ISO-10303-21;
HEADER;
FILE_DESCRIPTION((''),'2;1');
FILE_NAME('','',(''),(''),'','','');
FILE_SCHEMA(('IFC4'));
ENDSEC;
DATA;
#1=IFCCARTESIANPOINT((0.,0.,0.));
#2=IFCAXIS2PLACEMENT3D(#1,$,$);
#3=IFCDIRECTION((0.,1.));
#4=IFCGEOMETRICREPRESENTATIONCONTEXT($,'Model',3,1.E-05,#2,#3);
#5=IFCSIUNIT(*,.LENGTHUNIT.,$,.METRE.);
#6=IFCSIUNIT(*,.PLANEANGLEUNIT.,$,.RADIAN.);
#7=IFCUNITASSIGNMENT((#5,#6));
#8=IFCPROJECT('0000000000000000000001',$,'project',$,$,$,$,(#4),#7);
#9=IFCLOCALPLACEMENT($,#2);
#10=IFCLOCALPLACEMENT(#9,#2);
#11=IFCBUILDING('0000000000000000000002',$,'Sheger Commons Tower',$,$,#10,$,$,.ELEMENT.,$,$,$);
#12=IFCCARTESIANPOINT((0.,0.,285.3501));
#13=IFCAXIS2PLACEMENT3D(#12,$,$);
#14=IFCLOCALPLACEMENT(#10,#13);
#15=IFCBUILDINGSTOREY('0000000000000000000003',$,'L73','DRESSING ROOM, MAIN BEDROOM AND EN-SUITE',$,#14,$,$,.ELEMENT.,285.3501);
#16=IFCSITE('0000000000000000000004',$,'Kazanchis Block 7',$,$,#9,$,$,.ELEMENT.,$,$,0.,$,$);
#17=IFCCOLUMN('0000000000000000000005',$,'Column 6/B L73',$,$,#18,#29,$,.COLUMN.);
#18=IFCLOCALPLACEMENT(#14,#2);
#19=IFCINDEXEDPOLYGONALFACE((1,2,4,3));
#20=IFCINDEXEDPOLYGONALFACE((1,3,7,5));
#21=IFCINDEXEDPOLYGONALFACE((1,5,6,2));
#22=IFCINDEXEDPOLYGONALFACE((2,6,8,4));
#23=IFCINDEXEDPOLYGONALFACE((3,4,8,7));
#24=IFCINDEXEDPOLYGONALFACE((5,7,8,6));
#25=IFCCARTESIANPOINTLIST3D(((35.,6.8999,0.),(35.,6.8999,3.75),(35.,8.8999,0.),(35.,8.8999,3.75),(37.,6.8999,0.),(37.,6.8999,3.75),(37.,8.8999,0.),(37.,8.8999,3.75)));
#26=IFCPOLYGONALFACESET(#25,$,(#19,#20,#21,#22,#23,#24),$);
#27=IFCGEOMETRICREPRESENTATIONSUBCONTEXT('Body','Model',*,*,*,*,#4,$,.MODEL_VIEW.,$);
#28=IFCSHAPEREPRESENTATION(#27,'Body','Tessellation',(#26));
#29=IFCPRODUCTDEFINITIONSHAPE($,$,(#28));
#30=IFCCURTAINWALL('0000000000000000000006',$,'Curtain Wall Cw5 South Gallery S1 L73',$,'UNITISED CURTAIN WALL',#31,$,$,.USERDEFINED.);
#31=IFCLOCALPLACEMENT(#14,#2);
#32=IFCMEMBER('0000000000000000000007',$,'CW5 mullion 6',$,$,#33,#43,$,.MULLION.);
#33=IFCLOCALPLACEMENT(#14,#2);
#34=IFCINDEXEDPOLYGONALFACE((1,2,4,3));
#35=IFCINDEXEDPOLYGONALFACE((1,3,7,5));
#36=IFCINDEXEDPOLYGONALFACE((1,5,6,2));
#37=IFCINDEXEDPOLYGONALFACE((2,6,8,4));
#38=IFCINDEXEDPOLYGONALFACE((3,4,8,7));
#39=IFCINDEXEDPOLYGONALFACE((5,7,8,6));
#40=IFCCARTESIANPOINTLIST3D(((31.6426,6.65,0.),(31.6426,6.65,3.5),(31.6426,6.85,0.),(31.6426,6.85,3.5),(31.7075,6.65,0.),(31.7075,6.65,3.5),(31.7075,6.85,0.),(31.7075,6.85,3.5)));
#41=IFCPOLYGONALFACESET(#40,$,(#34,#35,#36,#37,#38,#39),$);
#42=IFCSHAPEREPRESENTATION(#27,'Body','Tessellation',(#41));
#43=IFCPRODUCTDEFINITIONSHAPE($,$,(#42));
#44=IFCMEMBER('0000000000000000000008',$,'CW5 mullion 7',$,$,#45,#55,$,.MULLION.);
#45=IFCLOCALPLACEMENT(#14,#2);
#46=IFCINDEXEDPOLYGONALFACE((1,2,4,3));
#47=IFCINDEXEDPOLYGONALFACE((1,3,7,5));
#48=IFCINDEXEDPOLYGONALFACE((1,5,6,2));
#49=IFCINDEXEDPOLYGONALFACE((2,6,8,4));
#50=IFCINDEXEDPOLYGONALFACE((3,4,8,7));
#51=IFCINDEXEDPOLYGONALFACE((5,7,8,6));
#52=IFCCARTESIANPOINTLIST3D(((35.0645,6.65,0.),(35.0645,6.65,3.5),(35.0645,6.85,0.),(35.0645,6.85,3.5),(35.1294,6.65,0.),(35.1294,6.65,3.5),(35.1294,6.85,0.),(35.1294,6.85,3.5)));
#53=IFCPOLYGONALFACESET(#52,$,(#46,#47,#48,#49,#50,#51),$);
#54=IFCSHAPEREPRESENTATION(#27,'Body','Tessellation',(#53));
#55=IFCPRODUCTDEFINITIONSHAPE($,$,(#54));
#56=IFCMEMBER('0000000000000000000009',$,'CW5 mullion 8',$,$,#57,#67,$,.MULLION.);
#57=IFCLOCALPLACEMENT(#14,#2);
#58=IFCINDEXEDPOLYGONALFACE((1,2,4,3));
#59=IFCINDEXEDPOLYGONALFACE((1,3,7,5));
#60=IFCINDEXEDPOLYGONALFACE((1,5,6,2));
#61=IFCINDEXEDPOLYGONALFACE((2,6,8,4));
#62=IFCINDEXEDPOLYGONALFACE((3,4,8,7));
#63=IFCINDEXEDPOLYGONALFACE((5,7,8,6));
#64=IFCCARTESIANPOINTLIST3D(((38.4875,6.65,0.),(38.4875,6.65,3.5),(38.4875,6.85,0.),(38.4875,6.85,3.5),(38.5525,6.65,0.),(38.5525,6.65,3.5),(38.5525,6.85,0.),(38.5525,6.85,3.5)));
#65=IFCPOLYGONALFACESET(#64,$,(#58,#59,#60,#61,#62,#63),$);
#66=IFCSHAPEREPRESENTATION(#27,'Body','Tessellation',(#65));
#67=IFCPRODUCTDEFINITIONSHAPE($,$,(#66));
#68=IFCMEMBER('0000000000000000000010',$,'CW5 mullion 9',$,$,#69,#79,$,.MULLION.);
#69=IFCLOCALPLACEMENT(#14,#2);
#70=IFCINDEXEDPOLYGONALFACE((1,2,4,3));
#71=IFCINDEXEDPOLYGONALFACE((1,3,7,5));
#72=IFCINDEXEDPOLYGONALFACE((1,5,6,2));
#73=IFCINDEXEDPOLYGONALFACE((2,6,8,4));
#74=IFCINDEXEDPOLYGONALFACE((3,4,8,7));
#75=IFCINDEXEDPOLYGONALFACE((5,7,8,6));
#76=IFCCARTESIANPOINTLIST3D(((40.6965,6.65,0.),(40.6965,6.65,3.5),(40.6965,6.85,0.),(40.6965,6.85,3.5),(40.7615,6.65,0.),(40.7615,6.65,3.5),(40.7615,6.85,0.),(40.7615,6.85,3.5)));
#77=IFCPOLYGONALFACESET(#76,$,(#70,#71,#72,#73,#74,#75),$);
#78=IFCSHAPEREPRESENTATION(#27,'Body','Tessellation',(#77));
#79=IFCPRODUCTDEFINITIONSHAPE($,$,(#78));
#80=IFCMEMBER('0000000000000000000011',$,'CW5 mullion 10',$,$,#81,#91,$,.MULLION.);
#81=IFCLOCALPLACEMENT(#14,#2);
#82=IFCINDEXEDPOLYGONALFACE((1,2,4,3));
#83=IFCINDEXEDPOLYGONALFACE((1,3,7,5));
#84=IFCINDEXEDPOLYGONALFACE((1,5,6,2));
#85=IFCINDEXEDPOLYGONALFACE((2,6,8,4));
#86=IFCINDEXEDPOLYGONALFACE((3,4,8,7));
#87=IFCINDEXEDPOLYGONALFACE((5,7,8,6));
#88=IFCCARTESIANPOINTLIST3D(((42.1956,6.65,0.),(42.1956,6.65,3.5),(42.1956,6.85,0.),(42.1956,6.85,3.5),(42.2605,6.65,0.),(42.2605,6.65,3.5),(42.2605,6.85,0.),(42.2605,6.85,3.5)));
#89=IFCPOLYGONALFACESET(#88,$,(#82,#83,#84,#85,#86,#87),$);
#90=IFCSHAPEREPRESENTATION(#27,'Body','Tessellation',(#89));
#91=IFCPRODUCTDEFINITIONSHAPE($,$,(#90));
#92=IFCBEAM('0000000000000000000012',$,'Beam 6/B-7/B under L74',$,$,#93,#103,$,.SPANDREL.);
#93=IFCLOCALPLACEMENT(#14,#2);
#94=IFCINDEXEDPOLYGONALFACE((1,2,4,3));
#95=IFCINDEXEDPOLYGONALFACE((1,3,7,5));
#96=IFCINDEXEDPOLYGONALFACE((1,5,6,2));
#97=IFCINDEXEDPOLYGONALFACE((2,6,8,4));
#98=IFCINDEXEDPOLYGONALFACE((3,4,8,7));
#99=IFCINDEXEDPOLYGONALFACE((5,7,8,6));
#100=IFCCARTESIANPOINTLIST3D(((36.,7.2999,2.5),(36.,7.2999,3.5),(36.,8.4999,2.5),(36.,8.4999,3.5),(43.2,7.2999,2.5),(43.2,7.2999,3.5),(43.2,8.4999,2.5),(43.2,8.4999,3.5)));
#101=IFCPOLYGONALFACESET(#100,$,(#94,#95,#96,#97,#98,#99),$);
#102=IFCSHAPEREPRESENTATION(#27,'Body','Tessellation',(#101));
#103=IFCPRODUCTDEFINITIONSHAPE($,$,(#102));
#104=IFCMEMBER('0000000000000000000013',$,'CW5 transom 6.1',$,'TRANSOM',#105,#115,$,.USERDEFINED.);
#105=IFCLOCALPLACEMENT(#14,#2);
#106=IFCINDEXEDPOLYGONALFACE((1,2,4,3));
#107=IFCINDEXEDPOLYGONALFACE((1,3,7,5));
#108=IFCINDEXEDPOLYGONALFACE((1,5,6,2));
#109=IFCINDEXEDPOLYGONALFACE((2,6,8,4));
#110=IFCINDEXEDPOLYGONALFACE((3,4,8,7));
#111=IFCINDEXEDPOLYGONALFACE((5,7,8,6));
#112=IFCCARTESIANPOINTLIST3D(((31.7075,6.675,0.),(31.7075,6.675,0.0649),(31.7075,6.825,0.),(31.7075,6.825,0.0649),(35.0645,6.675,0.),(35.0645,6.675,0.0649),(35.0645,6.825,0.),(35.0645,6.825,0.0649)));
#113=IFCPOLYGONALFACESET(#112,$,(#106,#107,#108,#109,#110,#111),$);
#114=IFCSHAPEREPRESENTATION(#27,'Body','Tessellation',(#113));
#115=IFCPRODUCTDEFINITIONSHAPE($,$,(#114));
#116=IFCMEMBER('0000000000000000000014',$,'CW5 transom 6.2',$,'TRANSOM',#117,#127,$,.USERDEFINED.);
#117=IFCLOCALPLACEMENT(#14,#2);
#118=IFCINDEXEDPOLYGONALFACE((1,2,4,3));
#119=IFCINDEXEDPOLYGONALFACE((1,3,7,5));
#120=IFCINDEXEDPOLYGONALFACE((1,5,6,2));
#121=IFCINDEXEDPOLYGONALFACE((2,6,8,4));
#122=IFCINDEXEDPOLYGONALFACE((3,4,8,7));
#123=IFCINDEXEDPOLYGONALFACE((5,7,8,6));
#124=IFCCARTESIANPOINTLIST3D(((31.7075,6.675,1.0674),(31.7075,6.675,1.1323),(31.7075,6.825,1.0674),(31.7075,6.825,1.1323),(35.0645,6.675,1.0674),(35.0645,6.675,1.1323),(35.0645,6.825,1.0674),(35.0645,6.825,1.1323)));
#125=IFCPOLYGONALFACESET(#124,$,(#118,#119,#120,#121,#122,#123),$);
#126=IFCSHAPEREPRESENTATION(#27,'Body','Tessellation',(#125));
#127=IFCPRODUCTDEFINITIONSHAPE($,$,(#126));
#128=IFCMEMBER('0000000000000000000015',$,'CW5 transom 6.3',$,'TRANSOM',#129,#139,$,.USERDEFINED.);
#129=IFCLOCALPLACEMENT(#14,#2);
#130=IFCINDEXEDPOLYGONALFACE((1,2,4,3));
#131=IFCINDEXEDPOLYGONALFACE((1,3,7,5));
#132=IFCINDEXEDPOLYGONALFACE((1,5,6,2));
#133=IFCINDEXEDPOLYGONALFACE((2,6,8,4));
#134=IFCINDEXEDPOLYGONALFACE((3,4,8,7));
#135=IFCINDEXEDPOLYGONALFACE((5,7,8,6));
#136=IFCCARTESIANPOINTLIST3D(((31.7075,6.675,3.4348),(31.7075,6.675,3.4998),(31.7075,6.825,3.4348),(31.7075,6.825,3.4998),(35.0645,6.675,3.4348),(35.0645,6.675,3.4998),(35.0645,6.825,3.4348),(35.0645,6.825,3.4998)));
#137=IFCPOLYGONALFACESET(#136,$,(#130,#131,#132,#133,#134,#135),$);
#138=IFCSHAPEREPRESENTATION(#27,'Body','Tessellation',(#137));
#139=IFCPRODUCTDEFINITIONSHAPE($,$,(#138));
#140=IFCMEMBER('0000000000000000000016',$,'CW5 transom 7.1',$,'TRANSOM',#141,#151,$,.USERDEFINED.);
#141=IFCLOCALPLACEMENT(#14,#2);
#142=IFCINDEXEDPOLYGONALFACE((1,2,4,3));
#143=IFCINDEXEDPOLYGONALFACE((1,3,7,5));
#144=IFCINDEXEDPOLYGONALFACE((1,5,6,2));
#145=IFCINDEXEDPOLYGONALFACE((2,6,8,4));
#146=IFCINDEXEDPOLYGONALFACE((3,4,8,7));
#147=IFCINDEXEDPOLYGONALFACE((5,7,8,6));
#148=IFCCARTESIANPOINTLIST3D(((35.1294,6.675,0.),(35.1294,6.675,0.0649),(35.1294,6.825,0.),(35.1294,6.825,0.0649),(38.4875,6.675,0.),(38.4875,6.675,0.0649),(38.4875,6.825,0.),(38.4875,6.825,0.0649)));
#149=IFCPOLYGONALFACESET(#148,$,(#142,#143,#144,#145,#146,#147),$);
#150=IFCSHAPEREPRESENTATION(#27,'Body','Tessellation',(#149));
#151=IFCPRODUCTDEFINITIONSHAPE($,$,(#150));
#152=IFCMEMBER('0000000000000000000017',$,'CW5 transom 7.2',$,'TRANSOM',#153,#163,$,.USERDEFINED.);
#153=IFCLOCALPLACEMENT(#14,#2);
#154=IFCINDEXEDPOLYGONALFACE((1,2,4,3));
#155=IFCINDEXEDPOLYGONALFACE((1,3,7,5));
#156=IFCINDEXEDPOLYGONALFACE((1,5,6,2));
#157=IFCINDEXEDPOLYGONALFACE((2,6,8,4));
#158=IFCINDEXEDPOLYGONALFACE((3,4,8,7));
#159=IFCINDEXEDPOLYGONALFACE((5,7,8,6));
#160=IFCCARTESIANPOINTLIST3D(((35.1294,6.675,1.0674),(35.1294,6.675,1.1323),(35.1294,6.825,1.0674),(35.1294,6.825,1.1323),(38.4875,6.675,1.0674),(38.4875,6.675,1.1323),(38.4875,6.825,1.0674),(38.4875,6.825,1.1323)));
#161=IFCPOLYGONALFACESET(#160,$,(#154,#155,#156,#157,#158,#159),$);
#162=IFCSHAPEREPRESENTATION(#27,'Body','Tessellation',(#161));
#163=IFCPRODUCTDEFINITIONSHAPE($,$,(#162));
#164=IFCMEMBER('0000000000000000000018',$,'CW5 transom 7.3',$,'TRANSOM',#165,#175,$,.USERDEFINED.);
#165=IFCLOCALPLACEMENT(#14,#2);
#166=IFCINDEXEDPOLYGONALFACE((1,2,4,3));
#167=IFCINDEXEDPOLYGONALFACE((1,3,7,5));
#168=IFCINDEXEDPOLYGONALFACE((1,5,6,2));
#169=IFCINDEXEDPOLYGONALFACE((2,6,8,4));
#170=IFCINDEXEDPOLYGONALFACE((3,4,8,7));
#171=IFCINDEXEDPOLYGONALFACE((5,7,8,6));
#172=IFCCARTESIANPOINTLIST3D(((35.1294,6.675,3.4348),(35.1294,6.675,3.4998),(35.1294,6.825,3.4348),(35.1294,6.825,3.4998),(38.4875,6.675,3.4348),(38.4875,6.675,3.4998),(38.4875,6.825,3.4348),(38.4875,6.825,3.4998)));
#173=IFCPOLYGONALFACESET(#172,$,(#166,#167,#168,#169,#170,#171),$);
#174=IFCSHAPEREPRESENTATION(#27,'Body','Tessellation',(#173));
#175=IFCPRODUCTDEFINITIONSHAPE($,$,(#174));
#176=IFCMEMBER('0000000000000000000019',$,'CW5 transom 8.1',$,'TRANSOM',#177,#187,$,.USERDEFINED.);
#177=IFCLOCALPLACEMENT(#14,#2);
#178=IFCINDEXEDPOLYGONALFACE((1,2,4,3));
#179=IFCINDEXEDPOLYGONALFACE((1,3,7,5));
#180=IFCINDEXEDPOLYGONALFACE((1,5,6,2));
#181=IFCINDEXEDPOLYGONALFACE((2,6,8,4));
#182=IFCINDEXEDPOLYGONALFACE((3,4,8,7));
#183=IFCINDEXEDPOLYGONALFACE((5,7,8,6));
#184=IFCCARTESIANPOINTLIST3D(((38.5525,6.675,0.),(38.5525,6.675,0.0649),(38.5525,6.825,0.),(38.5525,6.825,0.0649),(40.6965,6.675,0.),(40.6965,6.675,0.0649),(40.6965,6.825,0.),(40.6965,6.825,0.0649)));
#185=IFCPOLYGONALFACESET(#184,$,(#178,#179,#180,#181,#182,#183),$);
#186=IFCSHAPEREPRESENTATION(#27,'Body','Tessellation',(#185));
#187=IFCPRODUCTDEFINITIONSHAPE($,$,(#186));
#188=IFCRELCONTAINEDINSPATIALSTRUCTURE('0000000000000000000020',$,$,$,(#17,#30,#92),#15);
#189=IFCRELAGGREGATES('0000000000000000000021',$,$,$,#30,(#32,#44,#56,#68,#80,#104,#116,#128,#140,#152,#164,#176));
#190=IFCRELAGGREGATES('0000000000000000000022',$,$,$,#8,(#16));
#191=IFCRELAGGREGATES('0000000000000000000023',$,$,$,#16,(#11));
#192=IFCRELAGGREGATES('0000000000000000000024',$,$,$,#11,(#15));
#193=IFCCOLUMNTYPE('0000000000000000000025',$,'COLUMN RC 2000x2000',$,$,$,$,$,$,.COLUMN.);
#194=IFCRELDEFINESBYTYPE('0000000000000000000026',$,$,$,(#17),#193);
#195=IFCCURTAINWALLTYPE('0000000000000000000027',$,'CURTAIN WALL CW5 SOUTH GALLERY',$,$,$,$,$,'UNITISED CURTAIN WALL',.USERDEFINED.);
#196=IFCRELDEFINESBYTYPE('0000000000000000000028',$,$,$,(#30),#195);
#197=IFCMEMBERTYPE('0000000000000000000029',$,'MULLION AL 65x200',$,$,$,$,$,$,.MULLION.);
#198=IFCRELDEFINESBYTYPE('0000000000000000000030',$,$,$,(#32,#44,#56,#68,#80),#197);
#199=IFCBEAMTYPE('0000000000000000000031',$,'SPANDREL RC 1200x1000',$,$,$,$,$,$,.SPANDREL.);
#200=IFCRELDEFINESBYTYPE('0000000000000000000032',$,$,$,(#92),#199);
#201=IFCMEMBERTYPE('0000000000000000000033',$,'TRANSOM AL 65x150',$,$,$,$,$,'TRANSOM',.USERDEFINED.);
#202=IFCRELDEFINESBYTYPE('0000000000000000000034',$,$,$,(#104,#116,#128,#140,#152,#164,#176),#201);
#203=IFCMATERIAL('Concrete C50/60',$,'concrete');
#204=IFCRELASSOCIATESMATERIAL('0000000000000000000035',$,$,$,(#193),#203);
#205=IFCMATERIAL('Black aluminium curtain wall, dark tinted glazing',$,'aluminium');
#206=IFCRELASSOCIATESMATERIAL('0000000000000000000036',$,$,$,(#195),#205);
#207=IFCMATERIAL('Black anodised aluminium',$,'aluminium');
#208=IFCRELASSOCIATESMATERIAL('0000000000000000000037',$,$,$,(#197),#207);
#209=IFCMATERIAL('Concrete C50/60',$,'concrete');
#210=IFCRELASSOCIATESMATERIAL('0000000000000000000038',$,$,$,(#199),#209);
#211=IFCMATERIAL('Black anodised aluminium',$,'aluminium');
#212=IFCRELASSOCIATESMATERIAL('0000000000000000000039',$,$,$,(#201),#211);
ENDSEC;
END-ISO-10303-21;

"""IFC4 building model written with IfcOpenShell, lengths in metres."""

from ifc_helpers import new_model, si_unit, direction, frame, origin, origin_2d, place, context, subcontext, project, spatial, rectangle, extrude, material, material_profile, profile_set, type_object, element, aggregate, save


model = new_model("IFC4")

# Units and contexts
model_context = context("Model", 3, precision=1e-05, world=origin(), true_north=direction((0.0, 1.0)))
body_context = subcontext(model_context, "Body", "Model", "MODEL_VIEW")
ifc_project = project(units=[si_unit("LENGTHUNIT", "METRE"), si_unit("PLANEANGLEUNIT", "RADIAN")], contexts=[model_context])

# Site, building, storey
site_placement = place(None, origin())
site = spatial("IfcSite", under=ifc_project, at=site_placement, Name="Kazanchis Block 7", CompositionType="ELEMENT", RefElevation=0.0)
building_placement = place(site_placement, origin())
building = spatial("IfcBuilding", under=site, at=building_placement, Name="Sheger Commons Tower", CompositionType="ELEMENT")
storey_placement = place(building_placement, frame((0.0, 0.0, 285.3501)))
storey = spatial("IfcBuildingStorey", under=building, at=storey_placement, Name="L73", Description="DRESSING ROOM, MAIN BEDROOM AND EN-SUITE", CompositionType="ELEMENT", Elevation=285.3501)

# Column
ifc_material_1 = material(Name="Concrete C50/60", Category="concrete")
ifc_material_profile_1 = material_profile(ifc_material_1, rectangle(XDim=2.0, YDim=2.0, at=origin_2d()), Name="RC 2000x2000")
ifc_profile_set_1 = profile_set([ifc_material_profile_1], Name="Concrete C50/60")
column_type = type_object("IfcColumnType", Name="COLUMN RC 2000x2000", PredefinedType="COLUMN", material=ifc_profile_set_1)
column_placement = place(storey_placement, frame((36.0, 7.8999, 0.0), z_axis=(0.0, 0.0, 1.0), x_axis=(1.0, 0.0, 0.0)))
element("IfcColumn", 1, at=column_placement, inside=storey, type_object=column_type, Name="Column 6/B L73", PredefinedType="COLUMN", context=body_context, shape_type="SweptSolid", body=[
    extrude(rectangle(XDim=2.0, YDim=2.0, at=origin_2d()), origin(), (0.0, 0.0, 1.0), 3.75),
])

# Curtain wall, members
ifc_material_2 = material(Name="Black aluminium curtain wall, dark tinted glazing", Category="aluminium")
curtain_wall_type = type_object("IfcCurtainWallType", Name="CURTAIN WALL CW5 SOUTH GALLERY", ElementType="UNITISED CURTAIN WALL", PredefinedType="USERDEFINED", material=ifc_material_2)
curtain_wall_placement = place(storey_placement, origin())
curtain_wall = element("IfcCurtainWall", 2, at=curtain_wall_placement, inside=storey, type_object=curtain_wall_type, Name="Curtain Wall Cw5 South Gallery S1 L73", ObjectType="UNITISED CURTAIN WALL", PredefinedType="USERDEFINED")
ifc_material_3 = material(Name="Black anodised aluminium", Category="aluminium")
ifc_material_profile_2 = material_profile(ifc_material_3, rectangle(XDim=0.2, YDim=0.0649, at=origin_2d()), Name="AL 65x200")
ifc_profile_set_2 = profile_set([ifc_material_profile_2], Name="Black anodised aluminium")
member_type_1 = type_object("IfcMemberType", Name="MULLION AL 65x200", PredefinedType="MULLION", material=ifc_profile_set_2)
member_1_placement = place(storey_placement, frame((31.675, 6.75, 0.0), z_axis=(0.0, 0.0, 1.0), x_axis=(0.0, 1.0, 0.0)))
member_1 = element("IfcMember", 3, at=member_1_placement, type_object=member_type_1, Name="CW5 mullion 6", PredefinedType="MULLION", context=body_context, shape_type="SweptSolid", body=[
    extrude(rectangle(XDim=0.2, YDim=0.0649, at=origin_2d()), origin(), (0.0, 0.0, 1.0), 3.5),
])
member_2_placement = place(storey_placement, frame((35.0969, 6.75, 0.0), z_axis=(0.0, 0.0, 1.0), x_axis=(0.0, 1.0, 0.0)))
member_2 = element("IfcMember", 4, at=member_2_placement, type_object=member_type_1, Name="CW5 mullion 7", PredefinedType="MULLION", context=body_context, shape_type="SweptSolid", body=[
    extrude(rectangle(XDim=0.2, YDim=0.0649, at=origin_2d()), origin(), (0.0, 0.0, 1.0), 3.5),
])
member_3_placement = place(storey_placement, frame((38.52, 6.75, 0.0), z_axis=(0.0, 0.0, 1.0), x_axis=(0.0, 1.0, 0.0)))
member_3 = element("IfcMember", 5, at=member_3_placement, type_object=member_type_1, Name="CW5 mullion 8", PredefinedType="MULLION", context=body_context, shape_type="SweptSolid", body=[
    extrude(rectangle(XDim=0.2, YDim=0.0649, at=origin_2d()), origin(), (0.0, 0.0, 1.0), 3.5),
])
member_4_placement = place(storey_placement, frame((40.729, 6.75, 0.0), z_axis=(0.0, 0.0, 1.0), x_axis=(0.0, 1.0, 0.0)))
member_4 = element("IfcMember", 6, at=member_4_placement, type_object=member_type_1, Name="CW5 mullion 9", PredefinedType="MULLION", context=body_context, shape_type="SweptSolid", body=[
    extrude(rectangle(XDim=0.2, YDim=0.0649, at=origin_2d()), origin(), (0.0, 0.0, 1.0), 3.5),
])
member_5_placement = place(storey_placement, frame((42.228, 6.75, 0.0), z_axis=(0.0, 0.0, 1.0), x_axis=(0.0, 1.0, 0.0)))
member_5 = element("IfcMember", 7, at=member_5_placement, type_object=member_type_1, Name="CW5 mullion 10", PredefinedType="MULLION", context=body_context, shape_type="SweptSolid", body=[
    extrude(rectangle(XDim=0.2, YDim=0.0649, at=origin_2d()), origin(), (0.0, 0.0, 1.0), 3.5),
])

# Beam
ifc_material_4 = material(Name="Concrete C50/60", Category="concrete")
ifc_material_profile_3 = material_profile(ifc_material_4, rectangle(XDim=1.2, YDim=1.0, at=origin_2d()), Name="RC 1200x1000")
ifc_profile_set_3 = profile_set([ifc_material_profile_3], Name="Concrete C50/60")
beam_type = type_object("IfcBeamType", Name="SPANDREL RC 1200x1000", PredefinedType="SPANDREL", material=ifc_profile_set_3)
beam_placement = place(storey_placement, frame((36.0, 7.8999, 3.0), z_axis=(1.0, 0.0, 0.0), x_axis=(0.0, 1.0, 0.0)))
element("IfcBeam", 8, at=beam_placement, inside=storey, type_object=beam_type, Name="Beam 6/B-7/B under L74", PredefinedType="SPANDREL", context=body_context, shape_type="SweptSolid", body=[
    extrude(rectangle(XDim=1.2, YDim=1.0, at=origin_2d()), origin(), (0.0, 0.0, 1.0), 7.2),
])

# Members
ifc_material_5 = material(Name="Black anodised aluminium", Category="aluminium")
ifc_material_profile_4 = material_profile(ifc_material_5, rectangle(XDim=0.1499, YDim=0.0649, at=origin_2d()), Name="AL 65x150")
ifc_profile_set_4 = profile_set([ifc_material_profile_4], Name="Black anodised aluminium")
member_type_2 = type_object("IfcMemberType", Name="TRANSOM AL 65x150", ElementType="TRANSOM", PredefinedType="USERDEFINED", material=ifc_profile_set_4)
member_6_placement = place(storey_placement, frame((31.7075, 6.75, 0.0325), z_axis=(1.0, 0.0, 0.0), x_axis=(0.0, 1.0, 0.0)))
member_6 = element("IfcMember", 9, at=member_6_placement, type_object=member_type_2, Name="CW5 transom 6.1", ObjectType="TRANSOM", PredefinedType="USERDEFINED", context=body_context, shape_type="SweptSolid", body=[
    extrude(rectangle(XDim=0.1499, YDim=0.0649, at=origin_2d()), origin(), (0.0, 0.0, 1.0), 3.3569),
])
member_7_placement = place(storey_placement, frame((31.7075, 6.75, 1.0999), z_axis=(1.0, 0.0, 0.0), x_axis=(0.0, 1.0, 0.0)))
member_7 = element("IfcMember", 10, at=member_7_placement, type_object=member_type_2, Name="CW5 transom 6.2", ObjectType="TRANSOM", PredefinedType="USERDEFINED", context=body_context, shape_type="SweptSolid", body=[
    extrude(rectangle(XDim=0.1499, YDim=0.0649, at=origin_2d()), origin(), (0.0, 0.0, 1.0), 3.3569),
])
member_8_placement = place(storey_placement, frame((31.7075, 6.75, 3.4673), z_axis=(1.0, 0.0, 0.0), x_axis=(0.0, 1.0, 0.0)))
member_8 = element("IfcMember", 11, at=member_8_placement, type_object=member_type_2, Name="CW5 transom 6.3", ObjectType="TRANSOM", PredefinedType="USERDEFINED", context=body_context, shape_type="SweptSolid", body=[
    extrude(rectangle(XDim=0.1499, YDim=0.0649, at=origin_2d()), origin(), (0.0, 0.0, 1.0), 3.3569),
])
member_9_placement = place(storey_placement, frame((35.1294, 6.75, 0.0325), z_axis=(1.0, 0.0, 0.0), x_axis=(0.0, 1.0, 0.0)))
member_9 = element("IfcMember", 12, at=member_9_placement, type_object=member_type_2, Name="CW5 transom 7.1", ObjectType="TRANSOM", PredefinedType="USERDEFINED", context=body_context, shape_type="SweptSolid", body=[
    extrude(rectangle(XDim=0.1499, YDim=0.0649, at=origin_2d()), origin(), (0.0, 0.0, 1.0), 3.3582),
])
member_10_placement = place(storey_placement, frame((35.1294, 6.75, 1.0999), z_axis=(1.0, 0.0, 0.0), x_axis=(0.0, 1.0, 0.0)))
member_10 = element("IfcMember", 13, at=member_10_placement, type_object=member_type_2, Name="CW5 transom 7.2", ObjectType="TRANSOM", PredefinedType="USERDEFINED", context=body_context, shape_type="SweptSolid", body=[
    extrude(rectangle(XDim=0.1499, YDim=0.0649, at=origin_2d()), origin(), (0.0, 0.0, 1.0), 3.3582),
])
member_11_placement = place(storey_placement, frame((35.1294, 6.75, 3.4673), z_axis=(1.0, 0.0, 0.0), x_axis=(0.0, 1.0, 0.0)))
member_11 = element("IfcMember", 14, at=member_11_placement, type_object=member_type_2, Name="CW5 transom 7.3", ObjectType="TRANSOM", PredefinedType="USERDEFINED", context=body_context, shape_type="SweptSolid", body=[
    extrude(rectangle(XDim=0.1499, YDim=0.0649, at=origin_2d()), origin(), (0.0, 0.0, 1.0), 3.3582),
])
member_12_placement = place(storey_placement, frame((38.5525, 6.75, 0.0325), z_axis=(1.0, 0.0, 0.0), x_axis=(0.0, 1.0, 0.0)))
member_12 = element("IfcMember", 15, at=member_12_placement, type_object=member_type_2, Name="CW5 transom 8.1", ObjectType="TRANSOM", PredefinedType="USERDEFINED", context=body_context, shape_type="SweptSolid", body=[
    extrude(rectangle(XDim=0.1499, YDim=0.0649, at=origin_2d()), origin(), (0.0, 0.0, 1.0), 2.144),
])

aggregate(curtain_wall, [member_1, member_2, member_3, member_4, member_5, member_6, member_7, member_8, member_9, member_10, member_11, member_12])

save(model, "model.ifc")
